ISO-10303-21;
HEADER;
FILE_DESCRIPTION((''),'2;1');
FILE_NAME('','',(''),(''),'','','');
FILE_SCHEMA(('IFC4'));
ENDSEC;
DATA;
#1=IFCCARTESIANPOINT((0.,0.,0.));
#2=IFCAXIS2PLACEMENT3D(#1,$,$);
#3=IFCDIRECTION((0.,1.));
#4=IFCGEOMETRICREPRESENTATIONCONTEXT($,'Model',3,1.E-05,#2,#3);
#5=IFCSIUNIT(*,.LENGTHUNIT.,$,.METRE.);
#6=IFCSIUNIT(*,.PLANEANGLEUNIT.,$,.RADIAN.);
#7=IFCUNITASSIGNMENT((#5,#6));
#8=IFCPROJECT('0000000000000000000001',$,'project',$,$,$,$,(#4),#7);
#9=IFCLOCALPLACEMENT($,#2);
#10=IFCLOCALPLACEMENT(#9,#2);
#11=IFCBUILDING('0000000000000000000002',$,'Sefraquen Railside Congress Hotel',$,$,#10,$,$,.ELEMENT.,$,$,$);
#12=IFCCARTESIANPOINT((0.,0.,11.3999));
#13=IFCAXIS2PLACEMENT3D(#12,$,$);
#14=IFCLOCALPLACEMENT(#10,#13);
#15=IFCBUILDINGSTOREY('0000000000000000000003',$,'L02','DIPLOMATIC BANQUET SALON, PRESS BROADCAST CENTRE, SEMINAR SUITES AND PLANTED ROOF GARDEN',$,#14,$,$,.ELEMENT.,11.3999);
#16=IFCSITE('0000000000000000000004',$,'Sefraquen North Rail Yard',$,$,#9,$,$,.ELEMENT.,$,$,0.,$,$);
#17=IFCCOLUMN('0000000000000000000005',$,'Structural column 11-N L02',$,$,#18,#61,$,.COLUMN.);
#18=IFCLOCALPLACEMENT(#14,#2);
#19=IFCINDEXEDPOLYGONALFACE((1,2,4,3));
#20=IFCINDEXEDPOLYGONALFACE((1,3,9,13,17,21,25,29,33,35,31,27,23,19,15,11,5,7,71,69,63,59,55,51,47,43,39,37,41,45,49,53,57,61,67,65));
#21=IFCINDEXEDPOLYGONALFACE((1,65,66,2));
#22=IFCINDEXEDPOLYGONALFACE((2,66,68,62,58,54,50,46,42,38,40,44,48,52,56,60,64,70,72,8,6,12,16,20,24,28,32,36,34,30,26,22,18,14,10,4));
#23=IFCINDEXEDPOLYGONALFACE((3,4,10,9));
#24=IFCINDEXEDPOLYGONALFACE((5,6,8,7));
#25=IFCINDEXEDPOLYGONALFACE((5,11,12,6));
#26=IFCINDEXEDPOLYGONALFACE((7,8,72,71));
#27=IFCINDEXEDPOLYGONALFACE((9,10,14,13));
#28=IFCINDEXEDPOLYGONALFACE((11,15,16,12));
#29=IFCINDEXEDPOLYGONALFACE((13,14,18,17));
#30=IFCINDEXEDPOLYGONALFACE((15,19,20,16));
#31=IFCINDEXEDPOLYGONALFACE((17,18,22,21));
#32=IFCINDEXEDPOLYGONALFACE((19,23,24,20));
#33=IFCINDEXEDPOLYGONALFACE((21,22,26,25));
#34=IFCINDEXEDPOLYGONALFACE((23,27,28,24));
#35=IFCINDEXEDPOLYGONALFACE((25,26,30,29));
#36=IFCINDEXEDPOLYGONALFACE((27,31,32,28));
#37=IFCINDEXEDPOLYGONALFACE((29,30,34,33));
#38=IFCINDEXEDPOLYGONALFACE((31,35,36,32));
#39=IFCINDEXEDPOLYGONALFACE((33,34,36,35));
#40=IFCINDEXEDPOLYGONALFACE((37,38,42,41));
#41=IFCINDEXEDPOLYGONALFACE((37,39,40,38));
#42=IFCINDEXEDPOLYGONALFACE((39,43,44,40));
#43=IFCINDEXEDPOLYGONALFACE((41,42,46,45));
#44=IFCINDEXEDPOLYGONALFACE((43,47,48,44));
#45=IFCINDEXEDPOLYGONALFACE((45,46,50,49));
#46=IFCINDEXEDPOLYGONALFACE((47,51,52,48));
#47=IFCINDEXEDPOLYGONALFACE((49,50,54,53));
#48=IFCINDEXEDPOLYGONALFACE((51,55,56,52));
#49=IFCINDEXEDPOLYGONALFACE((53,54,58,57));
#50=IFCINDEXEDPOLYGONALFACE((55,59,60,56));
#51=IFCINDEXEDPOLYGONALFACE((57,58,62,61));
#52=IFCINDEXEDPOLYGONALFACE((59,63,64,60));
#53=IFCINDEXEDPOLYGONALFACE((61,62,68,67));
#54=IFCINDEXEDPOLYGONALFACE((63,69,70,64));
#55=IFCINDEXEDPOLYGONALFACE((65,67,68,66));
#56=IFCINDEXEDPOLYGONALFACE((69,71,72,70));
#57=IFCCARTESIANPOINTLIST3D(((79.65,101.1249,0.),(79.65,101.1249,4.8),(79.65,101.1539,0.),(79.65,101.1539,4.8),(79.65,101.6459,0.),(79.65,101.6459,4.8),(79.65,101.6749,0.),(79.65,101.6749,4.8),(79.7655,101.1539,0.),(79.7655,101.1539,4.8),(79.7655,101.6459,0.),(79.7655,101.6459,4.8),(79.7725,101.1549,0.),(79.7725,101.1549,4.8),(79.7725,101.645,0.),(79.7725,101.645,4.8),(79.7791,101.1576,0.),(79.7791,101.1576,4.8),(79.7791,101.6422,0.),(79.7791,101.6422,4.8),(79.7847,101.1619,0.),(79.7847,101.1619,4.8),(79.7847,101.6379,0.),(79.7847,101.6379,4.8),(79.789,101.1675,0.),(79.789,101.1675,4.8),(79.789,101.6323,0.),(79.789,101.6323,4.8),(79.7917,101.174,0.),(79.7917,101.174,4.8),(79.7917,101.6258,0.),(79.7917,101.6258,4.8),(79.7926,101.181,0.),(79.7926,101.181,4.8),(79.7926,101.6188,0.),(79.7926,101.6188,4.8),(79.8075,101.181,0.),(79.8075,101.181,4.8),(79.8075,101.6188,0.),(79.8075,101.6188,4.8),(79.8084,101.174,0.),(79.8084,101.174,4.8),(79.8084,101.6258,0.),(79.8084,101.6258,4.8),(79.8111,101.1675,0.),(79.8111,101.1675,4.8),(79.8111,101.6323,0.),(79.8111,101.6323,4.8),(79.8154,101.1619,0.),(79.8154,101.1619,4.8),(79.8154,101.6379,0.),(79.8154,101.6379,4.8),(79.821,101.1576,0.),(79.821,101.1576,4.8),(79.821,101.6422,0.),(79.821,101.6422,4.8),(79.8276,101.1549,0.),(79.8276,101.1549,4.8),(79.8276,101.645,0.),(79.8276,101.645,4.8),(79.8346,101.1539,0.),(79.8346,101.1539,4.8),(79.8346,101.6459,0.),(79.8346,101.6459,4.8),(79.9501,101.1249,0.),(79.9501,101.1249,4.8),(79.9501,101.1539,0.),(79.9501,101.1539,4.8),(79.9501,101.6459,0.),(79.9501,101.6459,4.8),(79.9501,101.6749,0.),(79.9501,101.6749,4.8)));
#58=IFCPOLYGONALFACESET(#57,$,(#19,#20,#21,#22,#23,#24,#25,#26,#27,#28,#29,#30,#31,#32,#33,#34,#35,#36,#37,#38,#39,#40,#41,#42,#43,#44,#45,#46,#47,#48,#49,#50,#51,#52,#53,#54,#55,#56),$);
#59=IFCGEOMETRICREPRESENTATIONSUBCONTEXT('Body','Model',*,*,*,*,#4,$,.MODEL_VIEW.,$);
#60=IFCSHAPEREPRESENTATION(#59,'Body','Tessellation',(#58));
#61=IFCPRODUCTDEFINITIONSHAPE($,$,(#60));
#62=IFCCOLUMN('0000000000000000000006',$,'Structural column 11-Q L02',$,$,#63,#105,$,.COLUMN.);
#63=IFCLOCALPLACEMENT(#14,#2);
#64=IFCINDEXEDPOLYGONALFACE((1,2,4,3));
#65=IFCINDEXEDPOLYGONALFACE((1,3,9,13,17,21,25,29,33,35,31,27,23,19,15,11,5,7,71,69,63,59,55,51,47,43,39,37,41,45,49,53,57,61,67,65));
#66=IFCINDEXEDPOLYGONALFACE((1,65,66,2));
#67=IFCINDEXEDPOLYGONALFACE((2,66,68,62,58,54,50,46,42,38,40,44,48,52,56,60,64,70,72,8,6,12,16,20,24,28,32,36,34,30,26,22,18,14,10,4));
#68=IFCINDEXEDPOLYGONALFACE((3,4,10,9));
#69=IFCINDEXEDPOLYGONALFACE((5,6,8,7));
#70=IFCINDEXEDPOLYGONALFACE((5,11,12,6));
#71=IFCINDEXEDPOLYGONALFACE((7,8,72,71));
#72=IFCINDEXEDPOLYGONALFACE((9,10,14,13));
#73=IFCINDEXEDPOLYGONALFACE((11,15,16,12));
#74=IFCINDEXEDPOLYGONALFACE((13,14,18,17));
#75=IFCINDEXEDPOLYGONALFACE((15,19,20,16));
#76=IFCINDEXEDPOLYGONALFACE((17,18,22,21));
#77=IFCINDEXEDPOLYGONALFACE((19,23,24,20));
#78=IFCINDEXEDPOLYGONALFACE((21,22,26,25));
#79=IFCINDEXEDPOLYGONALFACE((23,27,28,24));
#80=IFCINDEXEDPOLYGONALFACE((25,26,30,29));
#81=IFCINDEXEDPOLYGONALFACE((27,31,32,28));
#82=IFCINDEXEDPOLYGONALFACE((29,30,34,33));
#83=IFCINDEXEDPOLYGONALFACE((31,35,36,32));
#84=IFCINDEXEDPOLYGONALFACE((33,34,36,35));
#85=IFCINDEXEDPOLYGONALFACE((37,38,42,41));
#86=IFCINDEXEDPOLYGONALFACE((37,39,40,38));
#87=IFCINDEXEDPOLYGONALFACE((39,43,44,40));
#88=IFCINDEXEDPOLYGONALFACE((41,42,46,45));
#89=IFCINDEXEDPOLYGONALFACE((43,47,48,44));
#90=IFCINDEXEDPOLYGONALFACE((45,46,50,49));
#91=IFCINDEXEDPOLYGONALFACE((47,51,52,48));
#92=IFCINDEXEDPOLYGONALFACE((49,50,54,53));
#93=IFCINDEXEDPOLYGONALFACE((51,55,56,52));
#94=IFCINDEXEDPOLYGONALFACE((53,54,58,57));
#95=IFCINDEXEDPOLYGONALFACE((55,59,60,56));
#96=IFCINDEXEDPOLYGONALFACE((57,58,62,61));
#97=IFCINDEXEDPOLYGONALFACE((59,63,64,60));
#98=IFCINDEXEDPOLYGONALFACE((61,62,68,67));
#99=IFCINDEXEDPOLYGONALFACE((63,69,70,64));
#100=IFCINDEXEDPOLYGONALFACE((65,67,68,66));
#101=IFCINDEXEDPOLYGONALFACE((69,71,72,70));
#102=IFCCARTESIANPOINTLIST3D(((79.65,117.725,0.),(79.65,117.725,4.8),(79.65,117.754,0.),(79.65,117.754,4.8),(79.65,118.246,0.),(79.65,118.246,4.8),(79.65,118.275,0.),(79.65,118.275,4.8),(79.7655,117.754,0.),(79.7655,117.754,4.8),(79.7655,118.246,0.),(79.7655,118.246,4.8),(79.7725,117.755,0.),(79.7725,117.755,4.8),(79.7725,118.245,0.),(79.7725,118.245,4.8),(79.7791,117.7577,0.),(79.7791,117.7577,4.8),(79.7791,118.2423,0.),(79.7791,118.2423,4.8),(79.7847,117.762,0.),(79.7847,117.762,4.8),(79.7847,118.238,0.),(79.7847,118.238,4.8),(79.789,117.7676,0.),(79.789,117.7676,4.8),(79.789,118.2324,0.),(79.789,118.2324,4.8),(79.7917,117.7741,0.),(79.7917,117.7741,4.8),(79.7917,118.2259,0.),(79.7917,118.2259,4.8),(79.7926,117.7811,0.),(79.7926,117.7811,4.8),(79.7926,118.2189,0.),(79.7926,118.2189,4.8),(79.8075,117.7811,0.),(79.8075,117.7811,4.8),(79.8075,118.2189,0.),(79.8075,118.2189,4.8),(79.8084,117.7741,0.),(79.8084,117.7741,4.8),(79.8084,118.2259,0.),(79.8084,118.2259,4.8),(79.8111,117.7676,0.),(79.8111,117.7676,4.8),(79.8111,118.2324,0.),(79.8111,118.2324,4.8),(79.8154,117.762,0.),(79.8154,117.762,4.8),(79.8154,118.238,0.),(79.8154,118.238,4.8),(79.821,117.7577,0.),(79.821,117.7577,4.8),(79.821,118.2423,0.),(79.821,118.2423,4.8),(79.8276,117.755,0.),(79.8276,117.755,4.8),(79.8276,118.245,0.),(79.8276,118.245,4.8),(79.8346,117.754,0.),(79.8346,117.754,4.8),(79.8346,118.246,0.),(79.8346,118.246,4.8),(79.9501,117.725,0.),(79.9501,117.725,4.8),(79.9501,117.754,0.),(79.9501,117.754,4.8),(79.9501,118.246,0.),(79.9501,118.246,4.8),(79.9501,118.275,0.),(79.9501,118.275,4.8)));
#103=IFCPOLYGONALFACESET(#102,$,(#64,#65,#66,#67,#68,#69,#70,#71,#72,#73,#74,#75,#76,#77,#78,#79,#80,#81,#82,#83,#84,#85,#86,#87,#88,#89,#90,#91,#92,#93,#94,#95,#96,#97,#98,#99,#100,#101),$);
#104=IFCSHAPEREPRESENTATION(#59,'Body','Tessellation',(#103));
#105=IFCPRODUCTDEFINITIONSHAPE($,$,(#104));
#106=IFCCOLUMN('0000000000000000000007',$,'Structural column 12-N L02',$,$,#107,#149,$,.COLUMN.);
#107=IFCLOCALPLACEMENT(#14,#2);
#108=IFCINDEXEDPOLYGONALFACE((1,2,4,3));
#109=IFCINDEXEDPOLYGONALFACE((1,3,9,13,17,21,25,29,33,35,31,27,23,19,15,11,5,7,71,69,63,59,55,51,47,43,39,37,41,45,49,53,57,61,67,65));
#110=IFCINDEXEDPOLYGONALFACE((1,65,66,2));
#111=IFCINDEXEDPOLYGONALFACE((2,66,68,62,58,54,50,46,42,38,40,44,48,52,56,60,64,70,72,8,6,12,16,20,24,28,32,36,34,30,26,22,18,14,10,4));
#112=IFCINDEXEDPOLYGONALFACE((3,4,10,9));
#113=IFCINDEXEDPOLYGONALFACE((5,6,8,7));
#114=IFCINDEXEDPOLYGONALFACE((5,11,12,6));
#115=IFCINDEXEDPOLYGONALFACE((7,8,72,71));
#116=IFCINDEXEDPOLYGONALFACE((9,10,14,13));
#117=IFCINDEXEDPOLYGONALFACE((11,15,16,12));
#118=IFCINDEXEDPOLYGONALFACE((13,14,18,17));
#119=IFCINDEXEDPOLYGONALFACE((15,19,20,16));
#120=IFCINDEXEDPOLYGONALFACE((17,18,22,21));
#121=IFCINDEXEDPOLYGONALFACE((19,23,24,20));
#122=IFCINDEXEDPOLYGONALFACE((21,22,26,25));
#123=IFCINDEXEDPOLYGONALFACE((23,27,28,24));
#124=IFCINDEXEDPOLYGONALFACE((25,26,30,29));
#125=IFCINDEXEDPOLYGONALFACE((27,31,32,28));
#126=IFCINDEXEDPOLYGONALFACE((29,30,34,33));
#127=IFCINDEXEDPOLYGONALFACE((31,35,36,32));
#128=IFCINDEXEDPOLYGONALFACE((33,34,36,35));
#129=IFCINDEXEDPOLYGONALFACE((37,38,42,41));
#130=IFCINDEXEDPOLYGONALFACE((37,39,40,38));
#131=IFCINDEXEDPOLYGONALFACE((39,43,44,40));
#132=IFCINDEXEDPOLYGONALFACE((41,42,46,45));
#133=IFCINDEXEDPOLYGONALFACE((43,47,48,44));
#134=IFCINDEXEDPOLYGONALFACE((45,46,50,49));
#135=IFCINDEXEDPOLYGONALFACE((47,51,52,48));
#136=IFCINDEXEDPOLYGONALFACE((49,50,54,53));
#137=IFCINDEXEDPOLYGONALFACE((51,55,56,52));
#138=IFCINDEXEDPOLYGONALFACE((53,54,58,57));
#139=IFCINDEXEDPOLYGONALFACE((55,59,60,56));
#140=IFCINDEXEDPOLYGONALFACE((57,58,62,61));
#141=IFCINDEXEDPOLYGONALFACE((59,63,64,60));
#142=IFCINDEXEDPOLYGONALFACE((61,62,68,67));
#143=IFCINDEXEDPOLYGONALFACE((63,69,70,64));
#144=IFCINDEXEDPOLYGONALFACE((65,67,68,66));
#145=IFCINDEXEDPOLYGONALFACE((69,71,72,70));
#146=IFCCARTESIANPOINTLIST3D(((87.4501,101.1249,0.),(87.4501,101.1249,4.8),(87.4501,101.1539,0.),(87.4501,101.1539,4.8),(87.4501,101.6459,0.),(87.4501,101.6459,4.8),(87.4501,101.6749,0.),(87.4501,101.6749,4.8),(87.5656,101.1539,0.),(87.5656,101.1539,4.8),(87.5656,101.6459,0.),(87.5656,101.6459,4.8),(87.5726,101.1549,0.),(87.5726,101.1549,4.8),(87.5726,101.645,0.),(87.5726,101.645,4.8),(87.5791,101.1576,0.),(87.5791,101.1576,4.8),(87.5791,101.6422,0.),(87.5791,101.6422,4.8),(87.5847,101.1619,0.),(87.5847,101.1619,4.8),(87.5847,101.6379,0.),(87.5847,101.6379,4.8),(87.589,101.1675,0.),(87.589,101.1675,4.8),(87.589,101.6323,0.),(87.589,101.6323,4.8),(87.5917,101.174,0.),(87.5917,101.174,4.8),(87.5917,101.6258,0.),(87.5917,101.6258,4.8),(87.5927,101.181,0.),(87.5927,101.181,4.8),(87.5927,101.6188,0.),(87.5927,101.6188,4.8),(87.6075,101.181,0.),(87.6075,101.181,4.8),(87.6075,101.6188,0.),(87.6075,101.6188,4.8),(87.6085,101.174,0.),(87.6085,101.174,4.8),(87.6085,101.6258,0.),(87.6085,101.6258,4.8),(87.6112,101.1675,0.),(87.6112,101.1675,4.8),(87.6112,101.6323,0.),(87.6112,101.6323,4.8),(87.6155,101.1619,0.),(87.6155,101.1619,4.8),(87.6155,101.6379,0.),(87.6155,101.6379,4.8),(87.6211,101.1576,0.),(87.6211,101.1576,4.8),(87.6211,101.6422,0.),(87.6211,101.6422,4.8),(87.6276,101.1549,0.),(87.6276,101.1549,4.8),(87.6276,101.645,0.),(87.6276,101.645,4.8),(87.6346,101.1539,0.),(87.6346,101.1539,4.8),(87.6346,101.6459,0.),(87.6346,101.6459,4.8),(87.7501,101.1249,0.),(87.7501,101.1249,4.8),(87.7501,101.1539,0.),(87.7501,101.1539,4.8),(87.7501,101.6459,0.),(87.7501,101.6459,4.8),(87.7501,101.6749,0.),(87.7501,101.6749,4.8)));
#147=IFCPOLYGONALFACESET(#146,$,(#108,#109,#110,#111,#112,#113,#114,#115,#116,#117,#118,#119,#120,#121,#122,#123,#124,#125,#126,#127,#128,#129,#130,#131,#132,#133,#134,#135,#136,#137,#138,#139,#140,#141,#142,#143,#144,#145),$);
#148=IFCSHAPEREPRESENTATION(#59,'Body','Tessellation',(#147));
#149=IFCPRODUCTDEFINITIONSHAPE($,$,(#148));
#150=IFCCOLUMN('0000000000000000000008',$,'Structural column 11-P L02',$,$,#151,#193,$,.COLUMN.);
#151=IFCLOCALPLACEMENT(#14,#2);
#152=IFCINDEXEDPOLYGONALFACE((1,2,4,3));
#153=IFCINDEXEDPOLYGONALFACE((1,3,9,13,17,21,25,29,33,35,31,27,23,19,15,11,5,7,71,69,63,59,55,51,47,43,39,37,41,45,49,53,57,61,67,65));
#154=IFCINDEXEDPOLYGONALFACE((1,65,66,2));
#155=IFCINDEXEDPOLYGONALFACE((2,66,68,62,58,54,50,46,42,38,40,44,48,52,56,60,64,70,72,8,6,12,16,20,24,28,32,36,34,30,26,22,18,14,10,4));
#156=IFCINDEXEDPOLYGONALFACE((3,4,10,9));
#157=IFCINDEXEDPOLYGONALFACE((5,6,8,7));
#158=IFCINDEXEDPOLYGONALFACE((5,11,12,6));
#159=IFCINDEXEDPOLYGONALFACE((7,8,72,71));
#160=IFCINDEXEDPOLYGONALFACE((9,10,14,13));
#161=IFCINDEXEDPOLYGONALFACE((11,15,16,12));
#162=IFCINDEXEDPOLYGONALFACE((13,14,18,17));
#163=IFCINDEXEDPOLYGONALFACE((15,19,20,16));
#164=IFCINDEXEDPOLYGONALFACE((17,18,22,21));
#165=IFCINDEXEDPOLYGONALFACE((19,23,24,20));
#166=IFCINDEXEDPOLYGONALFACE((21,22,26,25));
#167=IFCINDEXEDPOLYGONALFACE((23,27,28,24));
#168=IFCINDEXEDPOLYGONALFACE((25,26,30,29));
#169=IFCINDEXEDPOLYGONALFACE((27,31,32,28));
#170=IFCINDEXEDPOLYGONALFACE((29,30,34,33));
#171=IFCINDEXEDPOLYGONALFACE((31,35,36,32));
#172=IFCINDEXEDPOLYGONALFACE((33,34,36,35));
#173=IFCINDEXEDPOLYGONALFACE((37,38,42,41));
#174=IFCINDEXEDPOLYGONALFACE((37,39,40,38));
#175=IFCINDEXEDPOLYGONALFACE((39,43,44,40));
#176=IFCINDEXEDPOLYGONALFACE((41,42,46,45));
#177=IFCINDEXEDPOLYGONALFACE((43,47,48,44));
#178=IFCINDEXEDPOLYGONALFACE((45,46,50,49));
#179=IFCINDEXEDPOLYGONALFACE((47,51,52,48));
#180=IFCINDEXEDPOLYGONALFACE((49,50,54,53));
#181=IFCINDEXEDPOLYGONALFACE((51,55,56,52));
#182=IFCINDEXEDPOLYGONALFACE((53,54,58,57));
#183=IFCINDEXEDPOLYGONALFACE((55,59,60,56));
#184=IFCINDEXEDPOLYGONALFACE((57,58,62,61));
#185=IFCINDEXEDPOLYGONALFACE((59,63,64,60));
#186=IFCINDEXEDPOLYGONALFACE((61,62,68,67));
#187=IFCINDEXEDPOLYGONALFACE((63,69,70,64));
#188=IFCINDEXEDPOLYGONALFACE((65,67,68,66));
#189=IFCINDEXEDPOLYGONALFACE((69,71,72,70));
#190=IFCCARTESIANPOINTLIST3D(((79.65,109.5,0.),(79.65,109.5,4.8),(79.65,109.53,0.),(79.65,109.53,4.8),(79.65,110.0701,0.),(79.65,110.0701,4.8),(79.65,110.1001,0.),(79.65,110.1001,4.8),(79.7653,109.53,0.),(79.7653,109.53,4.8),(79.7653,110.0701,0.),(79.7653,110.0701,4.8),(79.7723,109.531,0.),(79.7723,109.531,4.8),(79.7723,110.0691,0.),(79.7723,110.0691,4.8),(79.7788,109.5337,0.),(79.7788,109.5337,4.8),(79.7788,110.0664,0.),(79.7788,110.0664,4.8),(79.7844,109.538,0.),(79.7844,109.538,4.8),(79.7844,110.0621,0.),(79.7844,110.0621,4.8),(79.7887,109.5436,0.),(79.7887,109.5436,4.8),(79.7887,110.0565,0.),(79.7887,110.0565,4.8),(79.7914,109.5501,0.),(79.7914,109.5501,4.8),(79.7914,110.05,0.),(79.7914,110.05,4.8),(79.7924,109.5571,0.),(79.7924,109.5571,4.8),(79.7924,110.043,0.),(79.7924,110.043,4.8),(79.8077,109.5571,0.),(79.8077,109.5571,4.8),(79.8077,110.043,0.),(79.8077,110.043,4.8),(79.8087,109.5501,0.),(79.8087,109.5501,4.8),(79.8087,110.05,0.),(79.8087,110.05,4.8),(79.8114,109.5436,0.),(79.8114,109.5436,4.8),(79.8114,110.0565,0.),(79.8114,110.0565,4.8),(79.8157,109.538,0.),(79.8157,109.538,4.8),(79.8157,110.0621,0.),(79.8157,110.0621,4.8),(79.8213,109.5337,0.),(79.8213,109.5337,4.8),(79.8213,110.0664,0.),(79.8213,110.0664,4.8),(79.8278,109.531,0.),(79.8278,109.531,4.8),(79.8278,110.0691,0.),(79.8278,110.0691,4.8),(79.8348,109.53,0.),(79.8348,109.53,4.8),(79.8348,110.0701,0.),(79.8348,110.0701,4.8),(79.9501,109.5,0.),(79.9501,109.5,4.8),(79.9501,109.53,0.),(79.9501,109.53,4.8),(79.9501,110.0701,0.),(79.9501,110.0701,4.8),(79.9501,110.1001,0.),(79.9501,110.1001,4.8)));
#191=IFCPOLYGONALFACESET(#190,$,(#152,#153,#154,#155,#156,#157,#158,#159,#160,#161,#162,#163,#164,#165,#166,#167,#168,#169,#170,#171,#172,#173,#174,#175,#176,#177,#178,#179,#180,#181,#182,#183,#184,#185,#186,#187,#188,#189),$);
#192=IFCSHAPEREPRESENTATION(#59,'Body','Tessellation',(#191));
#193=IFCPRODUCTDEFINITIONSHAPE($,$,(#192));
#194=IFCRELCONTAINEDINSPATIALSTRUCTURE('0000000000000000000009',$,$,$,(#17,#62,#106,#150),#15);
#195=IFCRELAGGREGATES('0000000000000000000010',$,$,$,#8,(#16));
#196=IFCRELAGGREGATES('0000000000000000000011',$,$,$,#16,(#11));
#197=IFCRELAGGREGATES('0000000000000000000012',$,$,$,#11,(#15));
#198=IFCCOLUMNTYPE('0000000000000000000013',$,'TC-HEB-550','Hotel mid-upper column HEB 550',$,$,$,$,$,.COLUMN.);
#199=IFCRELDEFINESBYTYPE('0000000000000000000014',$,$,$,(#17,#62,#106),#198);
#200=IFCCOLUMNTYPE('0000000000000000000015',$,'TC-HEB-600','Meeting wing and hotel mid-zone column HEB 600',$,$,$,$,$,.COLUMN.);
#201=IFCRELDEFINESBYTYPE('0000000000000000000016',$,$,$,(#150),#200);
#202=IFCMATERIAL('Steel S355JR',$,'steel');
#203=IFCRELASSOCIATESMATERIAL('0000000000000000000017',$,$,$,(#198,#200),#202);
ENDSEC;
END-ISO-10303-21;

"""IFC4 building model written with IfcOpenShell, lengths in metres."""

from ifc_helpers import new_model, si_unit, direction, frame, origin, origin_2d, place, context, subcontext, project, spatial, i_section, extrude, material, material_profile, profile_set, type_object, element, save


model = new_model("IFC4")

# Units and contexts
model_context = context("Model", 3, precision=1e-05, world=origin(), true_north=direction((0.0, 1.0)))
body_context = subcontext(model_context, "Body", "Model", "MODEL_VIEW")
ifc_project = project(units=[si_unit("LENGTHUNIT", "METRE"), si_unit("PLANEANGLEUNIT", "RADIAN")], contexts=[model_context])

# Site, building, storey
site_placement = place(None, origin())
site = spatial("IfcSite", under=ifc_project, at=site_placement, Name="Sefraquen North Rail Yard", CompositionType="ELEMENT", RefElevation=0.0)
building_placement = place(site_placement, origin())
building = spatial("IfcBuilding", under=site, at=building_placement, Name="Sefraquen Railside Congress Hotel", CompositionType="ELEMENT")
storey_placement = place(building_placement, frame((0.0, 0.0, 11.3999)))
storey = spatial("IfcBuildingStorey", under=building, at=storey_placement, Name="L02", Description="DIPLOMATIC BANQUET SALON, PRESS BROADCAST CENTRE, SEMINAR SUITES AND PLANTED ROOF GARDEN", CompositionType="ELEMENT", Elevation=11.3999)

# Columns
ifc_material_1 = material(Name="Steel S355JR", Category="steel")
ifc_material_profile_1 = material_profile(ifc_material_1, i_section(OverallWidth=0.3, OverallDepth=0.55, WebThickness=0.0149, FlangeThickness=0.0291, FilletRadius=0.0271, at=origin_2d()), Name="HEB 550")
ifc_profile_set_1 = profile_set([ifc_material_profile_1], Name="Steel S355JR")
column_type_1 = type_object("IfcColumnType", Name="TC-HEB-550", Description="Hotel mid-upper column HEB 550", PredefinedType="COLUMN", material=ifc_profile_set_1)
for number, where, z_axis, x_axis, name in (
    (1, (79.8, 101.3999, 0.0), (0.0, 0.0, 1.0), (1.0, 0.0, 0.0), "Structural column 11-N L02"),
    (2, (79.8, 118.0, 0.0), (0.0, 0.0, 1.0), (1.0, 0.0, 0.0), "Structural column 11-Q L02"),
    (3, (87.6001, 101.3999, 0.0), (0.0, 0.0, 1.0), (1.0, 0.0, 0.0), "Structural column 12-N L02"),
):
    element("IfcColumn", number, at=place(storey_placement, frame(where, z_axis=z_axis, x_axis=x_axis)), inside=storey, type_object=column_type_1, Name=name, PredefinedType="COLUMN", context=body_context, shape_type="SweptSolid", body=[
        extrude(i_section(OverallWidth=0.3, OverallDepth=0.55, WebThickness=0.0149, FlangeThickness=0.0291, FilletRadius=0.0271, at=origin_2d()), origin(), (0.0, 0.0, 1.0), 4.8),
    ])
ifc_material_profile_2 = material_profile(ifc_material_1, i_section(OverallWidth=0.3, OverallDepth=0.6001, WebThickness=0.0154, FlangeThickness=0.03, FilletRadius=0.0271, at=origin_2d()), Name="HEB 600")
ifc_profile_set_2 = profile_set([ifc_material_profile_2], Name="Steel S355JR")
column_type_2 = type_object("IfcColumnType", Name="TC-HEB-600", Description="Meeting wing and hotel mid-zone column HEB 600", PredefinedType="COLUMN", material=ifc_profile_set_2)
for number, where, z_axis, x_axis, name in (
    (4, (79.8, 109.8, 0.0), (0.0, 0.0, 1.0), (1.0, 0.0, 0.0), "Structural column 11-P L02"),
):
    element("IfcColumn", number, at=place(storey_placement, frame(where, z_axis=z_axis, x_axis=x_axis)), inside=storey, type_object=column_type_2, Name=name, PredefinedType="COLUMN", context=body_context, shape_type="SweptSolid", body=[
        extrude(i_section(OverallWidth=0.3, OverallDepth=0.6001, WebThickness=0.0154, FlangeThickness=0.03, FilletRadius=0.0271, at=origin_2d()), origin(), (0.0, 0.0, 1.0), 4.8),
    ])

save(model, "model.ifc")
